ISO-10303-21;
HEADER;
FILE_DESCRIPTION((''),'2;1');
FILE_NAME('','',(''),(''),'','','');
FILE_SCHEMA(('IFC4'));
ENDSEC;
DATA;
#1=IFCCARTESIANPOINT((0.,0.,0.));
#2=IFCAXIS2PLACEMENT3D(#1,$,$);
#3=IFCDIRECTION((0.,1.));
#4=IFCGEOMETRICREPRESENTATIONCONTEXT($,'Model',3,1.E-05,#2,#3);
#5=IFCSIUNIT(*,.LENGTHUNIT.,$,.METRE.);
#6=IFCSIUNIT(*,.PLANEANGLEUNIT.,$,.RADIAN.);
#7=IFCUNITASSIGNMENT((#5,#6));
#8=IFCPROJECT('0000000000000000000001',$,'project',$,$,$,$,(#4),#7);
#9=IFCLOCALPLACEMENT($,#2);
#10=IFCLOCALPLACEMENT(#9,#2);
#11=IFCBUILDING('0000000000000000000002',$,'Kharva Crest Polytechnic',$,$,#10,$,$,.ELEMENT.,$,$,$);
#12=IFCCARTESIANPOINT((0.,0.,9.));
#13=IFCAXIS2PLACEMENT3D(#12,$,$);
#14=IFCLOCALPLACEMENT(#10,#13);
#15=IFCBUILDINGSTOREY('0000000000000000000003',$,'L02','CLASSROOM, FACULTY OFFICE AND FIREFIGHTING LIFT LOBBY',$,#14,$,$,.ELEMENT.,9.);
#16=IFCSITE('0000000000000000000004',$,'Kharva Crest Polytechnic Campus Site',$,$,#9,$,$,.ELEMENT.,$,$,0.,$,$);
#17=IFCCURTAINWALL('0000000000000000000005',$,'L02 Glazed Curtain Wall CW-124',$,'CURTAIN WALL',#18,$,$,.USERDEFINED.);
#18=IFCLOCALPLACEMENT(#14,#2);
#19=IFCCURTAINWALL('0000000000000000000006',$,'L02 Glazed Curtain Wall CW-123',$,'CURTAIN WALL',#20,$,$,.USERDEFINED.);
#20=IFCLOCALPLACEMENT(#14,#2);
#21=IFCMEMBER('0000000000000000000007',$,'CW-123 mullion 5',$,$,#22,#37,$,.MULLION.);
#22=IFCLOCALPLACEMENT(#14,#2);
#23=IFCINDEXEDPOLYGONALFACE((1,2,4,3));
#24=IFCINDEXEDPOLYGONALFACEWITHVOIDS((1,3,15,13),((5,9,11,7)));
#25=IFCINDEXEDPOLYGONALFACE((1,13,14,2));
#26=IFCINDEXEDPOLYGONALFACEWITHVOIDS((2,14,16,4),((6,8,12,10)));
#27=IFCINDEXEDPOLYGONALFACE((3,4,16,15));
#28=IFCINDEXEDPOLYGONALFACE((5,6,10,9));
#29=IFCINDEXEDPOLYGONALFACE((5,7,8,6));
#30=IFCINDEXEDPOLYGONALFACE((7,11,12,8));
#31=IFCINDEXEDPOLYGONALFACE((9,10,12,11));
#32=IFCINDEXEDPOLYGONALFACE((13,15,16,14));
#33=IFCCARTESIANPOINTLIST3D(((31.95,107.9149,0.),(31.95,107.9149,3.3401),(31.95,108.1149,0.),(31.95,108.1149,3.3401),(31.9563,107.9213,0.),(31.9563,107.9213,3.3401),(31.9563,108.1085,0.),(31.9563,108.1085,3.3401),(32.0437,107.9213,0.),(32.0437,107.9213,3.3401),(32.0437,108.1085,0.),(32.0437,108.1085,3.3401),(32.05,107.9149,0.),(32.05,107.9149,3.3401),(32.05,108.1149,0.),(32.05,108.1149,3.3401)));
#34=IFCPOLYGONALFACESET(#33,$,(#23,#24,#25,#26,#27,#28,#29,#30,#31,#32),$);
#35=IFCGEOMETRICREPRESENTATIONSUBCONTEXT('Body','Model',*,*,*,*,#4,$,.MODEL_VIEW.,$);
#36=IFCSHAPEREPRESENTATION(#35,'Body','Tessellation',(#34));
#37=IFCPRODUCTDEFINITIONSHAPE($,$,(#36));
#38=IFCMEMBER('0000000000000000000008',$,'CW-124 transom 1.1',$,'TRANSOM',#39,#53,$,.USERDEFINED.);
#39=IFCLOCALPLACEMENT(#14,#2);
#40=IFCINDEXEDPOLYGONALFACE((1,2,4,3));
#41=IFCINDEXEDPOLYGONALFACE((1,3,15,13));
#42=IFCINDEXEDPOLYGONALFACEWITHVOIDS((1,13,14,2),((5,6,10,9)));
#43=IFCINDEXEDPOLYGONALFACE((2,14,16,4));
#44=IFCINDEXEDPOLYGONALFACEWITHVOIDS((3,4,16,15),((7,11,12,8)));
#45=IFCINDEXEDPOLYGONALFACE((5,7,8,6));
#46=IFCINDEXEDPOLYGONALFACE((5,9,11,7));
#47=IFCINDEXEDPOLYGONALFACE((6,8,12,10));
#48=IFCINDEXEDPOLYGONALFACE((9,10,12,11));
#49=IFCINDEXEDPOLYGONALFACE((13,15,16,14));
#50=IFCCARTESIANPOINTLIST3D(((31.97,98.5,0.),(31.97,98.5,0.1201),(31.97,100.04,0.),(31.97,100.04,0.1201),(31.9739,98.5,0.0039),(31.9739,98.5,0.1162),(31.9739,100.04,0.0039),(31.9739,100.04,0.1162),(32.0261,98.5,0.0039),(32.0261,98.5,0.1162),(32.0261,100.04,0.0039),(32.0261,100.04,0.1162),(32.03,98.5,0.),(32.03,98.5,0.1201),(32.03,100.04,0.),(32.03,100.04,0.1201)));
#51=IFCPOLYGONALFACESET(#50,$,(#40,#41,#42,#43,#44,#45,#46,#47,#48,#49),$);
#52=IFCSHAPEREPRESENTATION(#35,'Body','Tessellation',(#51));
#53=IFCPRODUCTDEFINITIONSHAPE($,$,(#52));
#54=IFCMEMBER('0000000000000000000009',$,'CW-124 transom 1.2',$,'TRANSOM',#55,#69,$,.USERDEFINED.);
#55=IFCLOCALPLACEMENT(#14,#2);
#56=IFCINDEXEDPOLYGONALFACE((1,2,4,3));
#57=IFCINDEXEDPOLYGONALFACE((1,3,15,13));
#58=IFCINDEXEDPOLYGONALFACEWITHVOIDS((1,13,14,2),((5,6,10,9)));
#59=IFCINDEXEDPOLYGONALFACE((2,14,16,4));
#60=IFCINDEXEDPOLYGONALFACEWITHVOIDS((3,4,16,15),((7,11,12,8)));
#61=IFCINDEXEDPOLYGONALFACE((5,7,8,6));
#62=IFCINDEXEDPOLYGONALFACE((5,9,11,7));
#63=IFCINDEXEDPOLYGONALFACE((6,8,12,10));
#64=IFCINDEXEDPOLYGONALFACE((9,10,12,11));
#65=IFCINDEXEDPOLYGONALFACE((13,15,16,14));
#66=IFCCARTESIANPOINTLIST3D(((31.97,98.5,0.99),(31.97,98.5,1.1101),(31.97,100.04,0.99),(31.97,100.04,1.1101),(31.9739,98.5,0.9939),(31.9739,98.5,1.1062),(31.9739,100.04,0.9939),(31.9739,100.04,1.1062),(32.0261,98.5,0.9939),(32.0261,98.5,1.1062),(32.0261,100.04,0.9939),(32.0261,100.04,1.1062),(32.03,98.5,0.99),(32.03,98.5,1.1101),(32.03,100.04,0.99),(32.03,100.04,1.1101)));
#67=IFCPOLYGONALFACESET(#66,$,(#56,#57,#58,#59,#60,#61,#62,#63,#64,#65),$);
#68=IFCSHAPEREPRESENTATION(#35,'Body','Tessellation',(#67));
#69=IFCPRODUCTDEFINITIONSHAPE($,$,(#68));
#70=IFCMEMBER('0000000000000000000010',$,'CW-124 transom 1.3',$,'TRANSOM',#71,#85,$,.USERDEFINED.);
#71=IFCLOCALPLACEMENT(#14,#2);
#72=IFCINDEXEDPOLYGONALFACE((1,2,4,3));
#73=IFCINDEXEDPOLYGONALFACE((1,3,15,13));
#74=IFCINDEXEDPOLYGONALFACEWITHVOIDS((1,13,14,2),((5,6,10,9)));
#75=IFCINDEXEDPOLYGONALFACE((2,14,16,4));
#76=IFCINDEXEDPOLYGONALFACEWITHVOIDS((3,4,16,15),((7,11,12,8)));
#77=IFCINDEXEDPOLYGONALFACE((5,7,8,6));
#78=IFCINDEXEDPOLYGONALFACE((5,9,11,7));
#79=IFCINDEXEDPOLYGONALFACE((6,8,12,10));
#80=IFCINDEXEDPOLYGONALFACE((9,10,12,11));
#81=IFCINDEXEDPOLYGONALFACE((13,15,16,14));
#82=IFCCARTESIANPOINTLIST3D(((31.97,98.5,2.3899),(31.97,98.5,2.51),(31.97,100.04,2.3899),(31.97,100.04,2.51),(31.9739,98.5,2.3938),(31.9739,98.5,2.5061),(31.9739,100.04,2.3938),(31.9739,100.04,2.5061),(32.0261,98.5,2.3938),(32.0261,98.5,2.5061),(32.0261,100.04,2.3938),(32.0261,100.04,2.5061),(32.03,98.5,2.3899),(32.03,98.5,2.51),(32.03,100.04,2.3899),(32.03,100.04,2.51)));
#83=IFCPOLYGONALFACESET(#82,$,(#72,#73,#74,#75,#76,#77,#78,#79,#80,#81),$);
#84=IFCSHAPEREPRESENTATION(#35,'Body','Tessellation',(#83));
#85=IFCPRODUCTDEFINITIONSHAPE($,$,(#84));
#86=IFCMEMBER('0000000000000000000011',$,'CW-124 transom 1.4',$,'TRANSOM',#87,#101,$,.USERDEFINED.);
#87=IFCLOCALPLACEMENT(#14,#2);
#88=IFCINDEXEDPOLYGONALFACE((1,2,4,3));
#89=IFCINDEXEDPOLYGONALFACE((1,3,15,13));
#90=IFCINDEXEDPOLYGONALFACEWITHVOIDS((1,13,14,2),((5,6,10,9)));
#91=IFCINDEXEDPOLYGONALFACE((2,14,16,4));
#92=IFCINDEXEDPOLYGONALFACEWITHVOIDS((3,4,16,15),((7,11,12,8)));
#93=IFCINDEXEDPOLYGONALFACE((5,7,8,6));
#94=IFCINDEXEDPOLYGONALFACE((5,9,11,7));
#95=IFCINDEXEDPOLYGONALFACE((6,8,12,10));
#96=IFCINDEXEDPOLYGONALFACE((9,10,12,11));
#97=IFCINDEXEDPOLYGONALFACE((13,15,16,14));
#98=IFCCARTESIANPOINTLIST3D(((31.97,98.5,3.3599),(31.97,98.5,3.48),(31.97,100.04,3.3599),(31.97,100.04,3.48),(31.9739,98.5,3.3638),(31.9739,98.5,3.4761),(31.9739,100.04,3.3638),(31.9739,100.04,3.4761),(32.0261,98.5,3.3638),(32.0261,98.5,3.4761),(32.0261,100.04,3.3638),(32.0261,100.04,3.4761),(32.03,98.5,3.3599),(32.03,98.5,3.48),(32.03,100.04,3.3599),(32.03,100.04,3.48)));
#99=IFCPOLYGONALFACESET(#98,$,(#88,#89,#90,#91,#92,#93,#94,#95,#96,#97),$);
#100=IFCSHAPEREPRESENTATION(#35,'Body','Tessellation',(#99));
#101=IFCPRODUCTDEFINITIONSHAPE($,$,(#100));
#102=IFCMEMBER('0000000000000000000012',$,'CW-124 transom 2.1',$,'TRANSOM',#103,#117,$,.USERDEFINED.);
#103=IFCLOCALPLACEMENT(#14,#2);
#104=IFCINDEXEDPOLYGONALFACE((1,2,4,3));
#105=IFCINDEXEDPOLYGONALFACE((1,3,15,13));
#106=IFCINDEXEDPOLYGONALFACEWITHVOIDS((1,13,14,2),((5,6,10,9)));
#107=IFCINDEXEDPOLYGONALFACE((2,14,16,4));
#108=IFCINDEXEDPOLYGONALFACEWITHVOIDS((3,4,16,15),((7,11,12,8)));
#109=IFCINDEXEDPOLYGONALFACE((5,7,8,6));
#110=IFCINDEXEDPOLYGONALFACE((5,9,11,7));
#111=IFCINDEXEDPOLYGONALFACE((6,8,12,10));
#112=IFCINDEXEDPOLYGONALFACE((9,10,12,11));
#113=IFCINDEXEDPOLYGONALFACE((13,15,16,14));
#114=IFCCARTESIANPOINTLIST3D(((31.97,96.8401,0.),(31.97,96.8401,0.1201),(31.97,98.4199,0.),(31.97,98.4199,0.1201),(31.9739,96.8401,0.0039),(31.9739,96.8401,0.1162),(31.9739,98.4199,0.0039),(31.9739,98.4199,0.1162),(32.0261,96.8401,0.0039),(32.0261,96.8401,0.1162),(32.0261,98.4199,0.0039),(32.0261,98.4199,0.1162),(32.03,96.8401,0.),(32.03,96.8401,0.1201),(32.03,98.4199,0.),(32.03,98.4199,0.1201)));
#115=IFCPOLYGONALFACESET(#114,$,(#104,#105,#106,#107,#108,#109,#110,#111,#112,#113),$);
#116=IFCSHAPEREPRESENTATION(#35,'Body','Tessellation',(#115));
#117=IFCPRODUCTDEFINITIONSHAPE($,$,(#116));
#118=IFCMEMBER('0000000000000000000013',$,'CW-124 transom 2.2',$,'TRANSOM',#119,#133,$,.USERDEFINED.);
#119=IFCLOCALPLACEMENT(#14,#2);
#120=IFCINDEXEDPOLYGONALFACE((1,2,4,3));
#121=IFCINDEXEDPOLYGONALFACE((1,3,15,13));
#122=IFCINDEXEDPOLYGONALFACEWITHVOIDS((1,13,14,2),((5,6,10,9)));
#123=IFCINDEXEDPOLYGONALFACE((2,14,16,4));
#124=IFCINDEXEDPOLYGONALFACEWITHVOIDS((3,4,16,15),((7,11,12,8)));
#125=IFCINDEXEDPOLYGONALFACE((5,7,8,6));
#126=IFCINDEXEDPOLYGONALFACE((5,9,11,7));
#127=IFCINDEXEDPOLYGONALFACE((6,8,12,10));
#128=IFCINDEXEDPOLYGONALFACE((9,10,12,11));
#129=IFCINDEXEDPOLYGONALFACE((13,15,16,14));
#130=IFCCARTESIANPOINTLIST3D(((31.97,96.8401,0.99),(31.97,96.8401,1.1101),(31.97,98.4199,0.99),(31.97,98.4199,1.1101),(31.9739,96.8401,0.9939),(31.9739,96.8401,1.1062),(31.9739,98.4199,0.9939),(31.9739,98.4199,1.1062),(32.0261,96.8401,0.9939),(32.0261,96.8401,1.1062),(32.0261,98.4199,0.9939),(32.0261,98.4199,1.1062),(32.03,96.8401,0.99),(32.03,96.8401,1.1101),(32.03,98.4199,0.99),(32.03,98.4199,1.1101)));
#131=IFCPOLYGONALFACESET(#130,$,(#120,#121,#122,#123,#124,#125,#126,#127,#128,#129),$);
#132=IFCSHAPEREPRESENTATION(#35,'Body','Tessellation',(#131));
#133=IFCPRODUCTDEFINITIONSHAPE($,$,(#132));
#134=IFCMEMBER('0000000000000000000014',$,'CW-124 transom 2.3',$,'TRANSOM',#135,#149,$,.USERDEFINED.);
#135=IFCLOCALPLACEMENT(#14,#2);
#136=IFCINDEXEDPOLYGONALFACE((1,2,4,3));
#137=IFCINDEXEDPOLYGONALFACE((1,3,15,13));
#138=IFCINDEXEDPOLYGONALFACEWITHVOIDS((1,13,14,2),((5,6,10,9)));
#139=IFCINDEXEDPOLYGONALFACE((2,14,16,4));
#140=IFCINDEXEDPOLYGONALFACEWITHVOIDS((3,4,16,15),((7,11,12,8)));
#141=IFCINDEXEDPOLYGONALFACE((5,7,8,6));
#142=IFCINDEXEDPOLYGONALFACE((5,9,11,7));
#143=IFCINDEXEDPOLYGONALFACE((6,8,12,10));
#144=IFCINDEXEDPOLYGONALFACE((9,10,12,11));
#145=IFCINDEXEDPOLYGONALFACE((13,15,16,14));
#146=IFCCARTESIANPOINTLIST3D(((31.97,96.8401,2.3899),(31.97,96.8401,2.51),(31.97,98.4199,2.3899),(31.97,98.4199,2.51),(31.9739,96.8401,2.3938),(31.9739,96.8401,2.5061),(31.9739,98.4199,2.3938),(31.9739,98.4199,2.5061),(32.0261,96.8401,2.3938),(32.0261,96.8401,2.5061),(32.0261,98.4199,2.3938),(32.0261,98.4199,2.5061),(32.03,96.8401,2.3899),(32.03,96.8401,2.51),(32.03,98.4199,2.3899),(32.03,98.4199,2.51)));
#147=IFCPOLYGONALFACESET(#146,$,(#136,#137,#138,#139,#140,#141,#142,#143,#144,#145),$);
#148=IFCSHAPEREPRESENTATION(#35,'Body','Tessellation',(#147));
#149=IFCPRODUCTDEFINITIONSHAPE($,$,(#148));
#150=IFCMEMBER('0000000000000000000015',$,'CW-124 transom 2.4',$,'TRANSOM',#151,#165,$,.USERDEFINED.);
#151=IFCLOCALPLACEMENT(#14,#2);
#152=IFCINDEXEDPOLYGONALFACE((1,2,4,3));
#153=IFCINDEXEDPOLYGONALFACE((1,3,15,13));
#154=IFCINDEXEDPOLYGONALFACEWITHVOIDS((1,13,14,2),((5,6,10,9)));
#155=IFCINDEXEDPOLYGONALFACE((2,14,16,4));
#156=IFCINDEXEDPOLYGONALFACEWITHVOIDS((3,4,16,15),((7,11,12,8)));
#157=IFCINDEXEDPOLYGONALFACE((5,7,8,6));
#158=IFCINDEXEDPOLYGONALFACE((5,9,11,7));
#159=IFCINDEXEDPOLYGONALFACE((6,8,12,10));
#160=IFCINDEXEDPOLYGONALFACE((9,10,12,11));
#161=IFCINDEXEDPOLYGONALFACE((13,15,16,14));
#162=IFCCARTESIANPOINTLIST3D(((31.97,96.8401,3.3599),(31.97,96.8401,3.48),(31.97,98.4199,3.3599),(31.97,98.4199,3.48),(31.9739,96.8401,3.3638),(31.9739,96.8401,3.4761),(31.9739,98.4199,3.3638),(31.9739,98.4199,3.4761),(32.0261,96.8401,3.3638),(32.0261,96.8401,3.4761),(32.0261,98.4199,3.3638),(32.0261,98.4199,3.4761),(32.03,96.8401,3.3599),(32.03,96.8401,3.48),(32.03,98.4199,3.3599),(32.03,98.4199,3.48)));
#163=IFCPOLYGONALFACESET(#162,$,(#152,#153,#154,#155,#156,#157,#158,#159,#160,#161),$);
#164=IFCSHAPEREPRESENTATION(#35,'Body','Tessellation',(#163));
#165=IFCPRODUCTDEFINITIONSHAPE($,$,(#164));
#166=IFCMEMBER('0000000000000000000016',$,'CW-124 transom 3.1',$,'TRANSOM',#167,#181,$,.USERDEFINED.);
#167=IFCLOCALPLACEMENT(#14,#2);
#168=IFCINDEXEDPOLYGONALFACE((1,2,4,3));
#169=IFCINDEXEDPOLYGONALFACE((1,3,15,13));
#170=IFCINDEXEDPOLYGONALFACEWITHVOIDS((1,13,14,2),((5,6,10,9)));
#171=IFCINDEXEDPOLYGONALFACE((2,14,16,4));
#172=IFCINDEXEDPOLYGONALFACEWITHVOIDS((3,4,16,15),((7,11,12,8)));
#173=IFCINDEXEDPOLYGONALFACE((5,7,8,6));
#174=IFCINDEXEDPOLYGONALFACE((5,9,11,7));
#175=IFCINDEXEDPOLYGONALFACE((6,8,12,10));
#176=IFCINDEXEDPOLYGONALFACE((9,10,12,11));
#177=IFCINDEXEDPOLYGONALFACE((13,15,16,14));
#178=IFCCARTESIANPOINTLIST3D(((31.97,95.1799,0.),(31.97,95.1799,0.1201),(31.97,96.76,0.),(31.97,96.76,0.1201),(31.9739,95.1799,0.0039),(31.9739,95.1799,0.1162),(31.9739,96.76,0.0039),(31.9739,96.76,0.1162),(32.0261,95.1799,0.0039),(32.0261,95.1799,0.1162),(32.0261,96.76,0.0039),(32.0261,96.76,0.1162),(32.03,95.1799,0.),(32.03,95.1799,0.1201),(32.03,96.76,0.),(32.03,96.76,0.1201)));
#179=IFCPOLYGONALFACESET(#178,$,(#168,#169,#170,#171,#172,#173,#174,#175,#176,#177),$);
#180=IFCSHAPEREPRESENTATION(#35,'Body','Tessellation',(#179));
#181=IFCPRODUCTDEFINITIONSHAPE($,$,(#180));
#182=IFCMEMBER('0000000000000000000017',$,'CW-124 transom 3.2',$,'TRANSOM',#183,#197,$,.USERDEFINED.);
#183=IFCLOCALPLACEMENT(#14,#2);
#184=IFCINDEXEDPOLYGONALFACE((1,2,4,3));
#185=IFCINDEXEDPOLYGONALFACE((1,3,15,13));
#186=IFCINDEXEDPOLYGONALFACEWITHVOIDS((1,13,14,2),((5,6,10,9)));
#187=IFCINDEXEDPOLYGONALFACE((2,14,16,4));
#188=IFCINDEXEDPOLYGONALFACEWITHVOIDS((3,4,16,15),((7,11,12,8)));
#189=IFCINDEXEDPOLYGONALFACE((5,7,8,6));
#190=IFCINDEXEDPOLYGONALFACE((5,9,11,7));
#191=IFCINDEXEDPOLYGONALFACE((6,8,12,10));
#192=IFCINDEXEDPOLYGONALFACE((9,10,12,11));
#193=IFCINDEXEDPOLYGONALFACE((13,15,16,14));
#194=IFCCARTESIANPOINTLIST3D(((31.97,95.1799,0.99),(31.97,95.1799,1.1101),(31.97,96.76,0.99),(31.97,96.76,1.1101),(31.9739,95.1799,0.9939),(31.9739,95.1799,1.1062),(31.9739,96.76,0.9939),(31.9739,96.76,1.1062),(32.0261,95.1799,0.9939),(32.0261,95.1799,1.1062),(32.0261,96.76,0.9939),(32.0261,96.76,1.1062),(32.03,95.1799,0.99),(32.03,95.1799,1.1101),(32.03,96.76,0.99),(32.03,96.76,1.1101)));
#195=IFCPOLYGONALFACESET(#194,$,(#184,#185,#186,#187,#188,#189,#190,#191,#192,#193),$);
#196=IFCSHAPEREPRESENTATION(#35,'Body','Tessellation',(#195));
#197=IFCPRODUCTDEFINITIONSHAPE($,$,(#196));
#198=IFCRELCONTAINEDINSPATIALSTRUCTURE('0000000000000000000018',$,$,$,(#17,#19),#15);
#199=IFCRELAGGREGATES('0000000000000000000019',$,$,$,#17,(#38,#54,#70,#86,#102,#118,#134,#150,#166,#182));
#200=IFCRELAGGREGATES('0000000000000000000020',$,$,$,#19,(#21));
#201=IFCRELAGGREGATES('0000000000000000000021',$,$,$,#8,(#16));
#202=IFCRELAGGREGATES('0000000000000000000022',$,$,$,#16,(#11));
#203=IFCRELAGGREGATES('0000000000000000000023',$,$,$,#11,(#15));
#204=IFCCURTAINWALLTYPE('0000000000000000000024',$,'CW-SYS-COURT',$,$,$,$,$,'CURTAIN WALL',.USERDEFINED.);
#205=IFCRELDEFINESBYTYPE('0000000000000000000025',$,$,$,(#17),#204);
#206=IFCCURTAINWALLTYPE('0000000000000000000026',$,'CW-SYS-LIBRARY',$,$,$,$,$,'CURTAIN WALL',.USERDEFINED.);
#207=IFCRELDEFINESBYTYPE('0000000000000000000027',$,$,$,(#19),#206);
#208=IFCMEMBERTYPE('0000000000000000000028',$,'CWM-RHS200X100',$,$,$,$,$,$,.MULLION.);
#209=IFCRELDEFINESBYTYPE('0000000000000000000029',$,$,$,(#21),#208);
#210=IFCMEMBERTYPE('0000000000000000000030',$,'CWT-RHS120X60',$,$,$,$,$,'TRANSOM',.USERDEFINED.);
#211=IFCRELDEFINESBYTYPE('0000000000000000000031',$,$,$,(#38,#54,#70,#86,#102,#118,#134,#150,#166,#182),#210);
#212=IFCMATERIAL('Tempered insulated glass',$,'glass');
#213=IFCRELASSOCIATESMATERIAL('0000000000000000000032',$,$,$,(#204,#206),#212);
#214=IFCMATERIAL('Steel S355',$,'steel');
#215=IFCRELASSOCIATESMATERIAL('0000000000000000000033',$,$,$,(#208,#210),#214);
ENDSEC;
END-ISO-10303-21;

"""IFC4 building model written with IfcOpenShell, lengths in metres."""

from ifc_helpers import new_model, si_unit, direction, frame, origin, origin_2d, place, context, subcontext, project, spatial, hollow_rectangle, extrude, material, material_profile, profile_set, type_object, element, aggregate, save


model = new_model("IFC4")

# Units and contexts
model_context = context("Model", 3, precision=1e-05, world=origin(), true_north=direction((0.0, 1.0)))
body_context = subcontext(model_context, "Body", "Model", "MODEL_VIEW")
ifc_project = project(units=[si_unit("LENGTHUNIT", "METRE"), si_unit("PLANEANGLEUNIT", "RADIAN")], contexts=[model_context])

# Site, building, storey
site_placement = place(None, origin())
site = spatial("IfcSite", under=ifc_project, at=site_placement, Name="Kharva Crest Polytechnic Campus Site", CompositionType="ELEMENT", RefElevation=0.0)
building_placement = place(site_placement, origin())
building = spatial("IfcBuilding", under=site, at=building_placement, Name="Kharva Crest Polytechnic", CompositionType="ELEMENT")
storey_placement = place(building_placement, frame((0.0, 0.0, 9.0)))
storey = spatial("IfcBuildingStorey", under=building, at=storey_placement, Name="L02", Description="CLASSROOM, FACULTY OFFICE AND FIREFIGHTING LIFT LOBBY", CompositionType="ELEMENT", Elevation=9.0)

# Shared definitions
ifc_material_1 = material(Name="Steel S355", Category="steel")

# Curtain wall
ifc_material_2 = material(Name="Tempered insulated glass", Category="glass")
curtain_wall_type_1 = type_object("IfcCurtainWallType", Name="CW-SYS-COURT", ElementType="CURTAIN WALL", PredefinedType="USERDEFINED", material=ifc_material_2)
curtain_wall_1_placement = place(storey_placement, origin())
curtain_wall_1 = element("IfcCurtainWall", 1, at=curtain_wall_1_placement, inside=storey, type_object=curtain_wall_type_1, Name="L02 Glazed Curtain Wall CW-124", ObjectType="CURTAIN WALL", PredefinedType="USERDEFINED")

# Curtain wall, member
curtain_wall_type_2 = type_object("IfcCurtainWallType", Name="CW-SYS-LIBRARY", ElementType="CURTAIN WALL", PredefinedType="USERDEFINED", material=ifc_material_2)
curtain_wall_2_placement = place(storey_placement, origin())
curtain_wall_2 = element("IfcCurtainWall", 2, at=curtain_wall_2_placement, inside=storey, type_object=curtain_wall_type_2, Name="L02 Glazed Curtain Wall CW-123", ObjectType="CURTAIN WALL", PredefinedType="USERDEFINED")
ifc_material_profile_1 = material_profile(ifc_material_1, hollow_rectangle(XDim=0.1001, YDim=0.2, WallThickness=0.0063, at=origin_2d()), Name="RHS 200X100X6.3")
ifc_profile_set_1 = profile_set([ifc_material_profile_1], Name="Steel S355")
member_type_1 = type_object("IfcMemberType", Name="CWM-RHS200X100", PredefinedType="MULLION", material=ifc_profile_set_1)
member_1_placement = place(storey_placement, frame((32.0, 108.0149, 0.0), z_axis=(0.0, 0.0, 1.0), x_axis=(1.0, 0.0, 0.0)))
member_1 = element("IfcMember", 3, at=member_1_placement, type_object=member_type_1, Name="CW-123 mullion 5", PredefinedType="MULLION", context=body_context, shape_type="SweptSolid", body=[
    extrude(hollow_rectangle(XDim=0.1001, YDim=0.2, WallThickness=0.0063, at=origin_2d()), origin(), (0.0, 0.0, 1.0), 3.3401),
])

# Members
ifc_material_profile_2 = material_profile(ifc_material_1, hollow_rectangle(XDim=0.0601, YDim=0.1201, WallThickness=0.0039, at=origin_2d()), Name="RHS 120X60X4.0")
ifc_profile_set_2 = profile_set([ifc_material_profile_2], Name="Steel S355")
member_type_2 = type_object("IfcMemberType", Name="CWT-RHS120X60", ElementType="TRANSOM", PredefinedType="USERDEFINED", material=ifc_profile_set_2)
member_2_placement = place(storey_placement, frame((32.0, 100.04, 0.0601), z_axis=(0.0, -1.0, 0.0), x_axis=(1.0, 0.0, 0.0)))
member_2 = element("IfcMember", 4, at=member_2_placement, type_object=member_type_2, Name="CW-124 transom 1.1", ObjectType="TRANSOM", PredefinedType="USERDEFINED", context=body_context, shape_type="SweptSolid", body=[
    extrude(hollow_rectangle(XDim=0.0601, YDim=0.1201, WallThickness=0.0039, at=origin_2d()), origin(), (0.0, 0.0, 1.0), 1.54),
])
member_3_placement = place(storey_placement, frame((32.0, 100.04, 1.05), z_axis=(0.0, -1.0, 0.0), x_axis=(1.0, 0.0, 0.0)))
member_3 = element("IfcMember", 5, at=member_3_placement, type_object=member_type_2, Name="CW-124 transom 1.2", ObjectType="TRANSOM", PredefinedType="USERDEFINED", context=body_context, shape_type="SweptSolid", body=[
    extrude(hollow_rectangle(XDim=0.0601, YDim=0.1201, WallThickness=0.0039, at=origin_2d()), origin(), (0.0, 0.0, 1.0), 1.54),
])
member_4_placement = place(storey_placement, frame((32.0, 100.04, 2.45), z_axis=(0.0, -1.0, 0.0), x_axis=(1.0, 0.0, 0.0)))
member_4 = element("IfcMember", 6, at=member_4_placement, type_object=member_type_2, Name="CW-124 transom 1.3", ObjectType="TRANSOM", PredefinedType="USERDEFINED", context=body_context, shape_type="SweptSolid", body=[
    extrude(hollow_rectangle(XDim=0.0601, YDim=0.1201, WallThickness=0.0039, at=origin_2d()), origin(), (0.0, 0.0, 1.0), 1.54),
])
member_5_placement = place(storey_placement, frame((32.0, 100.04, 3.4199), z_axis=(0.0, -1.0, 0.0), x_axis=(1.0, 0.0, 0.0)))
member_5 = element("IfcMember", 7, at=member_5_placement, type_object=member_type_2, Name="CW-124 transom 1.4", ObjectType="TRANSOM", PredefinedType="USERDEFINED", context=body_context, shape_type="SweptSolid", body=[
    extrude(hollow_rectangle(XDim=0.0601, YDim=0.1201, WallThickness=0.0039, at=origin_2d()), origin(), (0.0, 0.0, 1.0), 1.54),
])
member_6_placement = place(storey_placement, frame((32.0, 98.4199, 0.0601), z_axis=(0.0, -1.0, 0.0), x_axis=(1.0, 0.0, 0.0)))
member_6 = element("IfcMember", 8, at=member_6_placement, type_object=member_type_2, Name="CW-124 transom 2.1", ObjectType="TRANSOM", PredefinedType="USERDEFINED", context=body_context, shape_type="SweptSolid", body=[
    extrude(hollow_rectangle(XDim=0.0601, YDim=0.1201, WallThickness=0.0039, at=origin_2d()), origin(), (0.0, 0.0, 1.0), 1.5798),
])
member_7_placement = place(storey_placement, frame((32.0, 98.4199, 1.05), z_axis=(0.0, -1.0, 0.0), x_axis=(1.0, 0.0, 0.0)))
member_7 = element("IfcMember", 9, at=member_7_placement, type_object=member_type_2, Name="CW-124 transom 2.2", ObjectType="TRANSOM", PredefinedType="USERDEFINED", context=body_context, shape_type="SweptSolid", body=[
    extrude(hollow_rectangle(XDim=0.0601, YDim=0.1201, WallThickness=0.0039, at=origin_2d()), origin(), (0.0, 0.0, 1.0), 1.5798),
])
member_8_placement = place(storey_placement, frame((32.0, 98.4199, 2.45), z_axis=(0.0, -1.0, 0.0), x_axis=(1.0, 0.0, 0.0)))
member_8 = element("IfcMember", 10, at=member_8_placement, type_object=member_type_2, Name="CW-124 transom 2.3", ObjectType="TRANSOM", PredefinedType="USERDEFINED", context=body_context, shape_type="SweptSolid", body=[
    extrude(hollow_rectangle(XDim=0.0601, YDim=0.1201, WallThickness=0.0039, at=origin_2d()), origin(), (0.0, 0.0, 1.0), 1.5798),
])
member_9_placement = place(storey_placement, frame((32.0, 98.4199, 3.4199), z_axis=(0.0, -1.0, 0.0), x_axis=(1.0, 0.0, 0.0)))
member_9 = element("IfcMember", 11, at=member_9_placement, type_object=member_type_2, Name="CW-124 transom 2.4", ObjectType="TRANSOM", PredefinedType="USERDEFINED", context=body_context, shape_type="SweptSolid", body=[
    extrude(hollow_rectangle(XDim=0.0601, YDim=0.1201, WallThickness=0.0039, at=origin_2d()), origin(), (0.0, 0.0, 1.0), 1.5798),
])
member_10_placement = place(storey_placement, frame((32.0, 96.76, 0.0601), z_axis=(0.0, -1.0, 0.0), x_axis=(1.0, 0.0, 0.0)))
member_10 = element("IfcMember", 12, at=member_10_placement, type_object=member_type_2, Name="CW-124 transom 3.1", ObjectType="TRANSOM", PredefinedType="USERDEFINED", context=body_context, shape_type="SweptSolid", body=[
    extrude(hollow_rectangle(XDim=0.0601, YDim=0.1201, WallThickness=0.0039, at=origin_2d()), origin(), (0.0, 0.0, 1.0), 1.5801),
])
member_11_placement = place(storey_placement, frame((32.0, 96.76, 1.05), z_axis=(0.0, -1.0, 0.0), x_axis=(1.0, 0.0, 0.0)))
member_11 = element("IfcMember", 13, at=member_11_placement, type_object=member_type_2, Name="CW-124 transom 3.2", ObjectType="TRANSOM", PredefinedType="USERDEFINED", context=body_context, shape_type="SweptSolid", body=[
    extrude(hollow_rectangle(XDim=0.0601, YDim=0.1201, WallThickness=0.0039, at=origin_2d()), origin(), (0.0, 0.0, 1.0), 1.5801),
])

aggregate(curtain_wall_1, [member_2, member_3, member_4, member_5, member_6, member_7, member_8, member_9, member_10, member_11])
aggregate(curtain_wall_2, [member_1])

save(model, "model.ifc")
